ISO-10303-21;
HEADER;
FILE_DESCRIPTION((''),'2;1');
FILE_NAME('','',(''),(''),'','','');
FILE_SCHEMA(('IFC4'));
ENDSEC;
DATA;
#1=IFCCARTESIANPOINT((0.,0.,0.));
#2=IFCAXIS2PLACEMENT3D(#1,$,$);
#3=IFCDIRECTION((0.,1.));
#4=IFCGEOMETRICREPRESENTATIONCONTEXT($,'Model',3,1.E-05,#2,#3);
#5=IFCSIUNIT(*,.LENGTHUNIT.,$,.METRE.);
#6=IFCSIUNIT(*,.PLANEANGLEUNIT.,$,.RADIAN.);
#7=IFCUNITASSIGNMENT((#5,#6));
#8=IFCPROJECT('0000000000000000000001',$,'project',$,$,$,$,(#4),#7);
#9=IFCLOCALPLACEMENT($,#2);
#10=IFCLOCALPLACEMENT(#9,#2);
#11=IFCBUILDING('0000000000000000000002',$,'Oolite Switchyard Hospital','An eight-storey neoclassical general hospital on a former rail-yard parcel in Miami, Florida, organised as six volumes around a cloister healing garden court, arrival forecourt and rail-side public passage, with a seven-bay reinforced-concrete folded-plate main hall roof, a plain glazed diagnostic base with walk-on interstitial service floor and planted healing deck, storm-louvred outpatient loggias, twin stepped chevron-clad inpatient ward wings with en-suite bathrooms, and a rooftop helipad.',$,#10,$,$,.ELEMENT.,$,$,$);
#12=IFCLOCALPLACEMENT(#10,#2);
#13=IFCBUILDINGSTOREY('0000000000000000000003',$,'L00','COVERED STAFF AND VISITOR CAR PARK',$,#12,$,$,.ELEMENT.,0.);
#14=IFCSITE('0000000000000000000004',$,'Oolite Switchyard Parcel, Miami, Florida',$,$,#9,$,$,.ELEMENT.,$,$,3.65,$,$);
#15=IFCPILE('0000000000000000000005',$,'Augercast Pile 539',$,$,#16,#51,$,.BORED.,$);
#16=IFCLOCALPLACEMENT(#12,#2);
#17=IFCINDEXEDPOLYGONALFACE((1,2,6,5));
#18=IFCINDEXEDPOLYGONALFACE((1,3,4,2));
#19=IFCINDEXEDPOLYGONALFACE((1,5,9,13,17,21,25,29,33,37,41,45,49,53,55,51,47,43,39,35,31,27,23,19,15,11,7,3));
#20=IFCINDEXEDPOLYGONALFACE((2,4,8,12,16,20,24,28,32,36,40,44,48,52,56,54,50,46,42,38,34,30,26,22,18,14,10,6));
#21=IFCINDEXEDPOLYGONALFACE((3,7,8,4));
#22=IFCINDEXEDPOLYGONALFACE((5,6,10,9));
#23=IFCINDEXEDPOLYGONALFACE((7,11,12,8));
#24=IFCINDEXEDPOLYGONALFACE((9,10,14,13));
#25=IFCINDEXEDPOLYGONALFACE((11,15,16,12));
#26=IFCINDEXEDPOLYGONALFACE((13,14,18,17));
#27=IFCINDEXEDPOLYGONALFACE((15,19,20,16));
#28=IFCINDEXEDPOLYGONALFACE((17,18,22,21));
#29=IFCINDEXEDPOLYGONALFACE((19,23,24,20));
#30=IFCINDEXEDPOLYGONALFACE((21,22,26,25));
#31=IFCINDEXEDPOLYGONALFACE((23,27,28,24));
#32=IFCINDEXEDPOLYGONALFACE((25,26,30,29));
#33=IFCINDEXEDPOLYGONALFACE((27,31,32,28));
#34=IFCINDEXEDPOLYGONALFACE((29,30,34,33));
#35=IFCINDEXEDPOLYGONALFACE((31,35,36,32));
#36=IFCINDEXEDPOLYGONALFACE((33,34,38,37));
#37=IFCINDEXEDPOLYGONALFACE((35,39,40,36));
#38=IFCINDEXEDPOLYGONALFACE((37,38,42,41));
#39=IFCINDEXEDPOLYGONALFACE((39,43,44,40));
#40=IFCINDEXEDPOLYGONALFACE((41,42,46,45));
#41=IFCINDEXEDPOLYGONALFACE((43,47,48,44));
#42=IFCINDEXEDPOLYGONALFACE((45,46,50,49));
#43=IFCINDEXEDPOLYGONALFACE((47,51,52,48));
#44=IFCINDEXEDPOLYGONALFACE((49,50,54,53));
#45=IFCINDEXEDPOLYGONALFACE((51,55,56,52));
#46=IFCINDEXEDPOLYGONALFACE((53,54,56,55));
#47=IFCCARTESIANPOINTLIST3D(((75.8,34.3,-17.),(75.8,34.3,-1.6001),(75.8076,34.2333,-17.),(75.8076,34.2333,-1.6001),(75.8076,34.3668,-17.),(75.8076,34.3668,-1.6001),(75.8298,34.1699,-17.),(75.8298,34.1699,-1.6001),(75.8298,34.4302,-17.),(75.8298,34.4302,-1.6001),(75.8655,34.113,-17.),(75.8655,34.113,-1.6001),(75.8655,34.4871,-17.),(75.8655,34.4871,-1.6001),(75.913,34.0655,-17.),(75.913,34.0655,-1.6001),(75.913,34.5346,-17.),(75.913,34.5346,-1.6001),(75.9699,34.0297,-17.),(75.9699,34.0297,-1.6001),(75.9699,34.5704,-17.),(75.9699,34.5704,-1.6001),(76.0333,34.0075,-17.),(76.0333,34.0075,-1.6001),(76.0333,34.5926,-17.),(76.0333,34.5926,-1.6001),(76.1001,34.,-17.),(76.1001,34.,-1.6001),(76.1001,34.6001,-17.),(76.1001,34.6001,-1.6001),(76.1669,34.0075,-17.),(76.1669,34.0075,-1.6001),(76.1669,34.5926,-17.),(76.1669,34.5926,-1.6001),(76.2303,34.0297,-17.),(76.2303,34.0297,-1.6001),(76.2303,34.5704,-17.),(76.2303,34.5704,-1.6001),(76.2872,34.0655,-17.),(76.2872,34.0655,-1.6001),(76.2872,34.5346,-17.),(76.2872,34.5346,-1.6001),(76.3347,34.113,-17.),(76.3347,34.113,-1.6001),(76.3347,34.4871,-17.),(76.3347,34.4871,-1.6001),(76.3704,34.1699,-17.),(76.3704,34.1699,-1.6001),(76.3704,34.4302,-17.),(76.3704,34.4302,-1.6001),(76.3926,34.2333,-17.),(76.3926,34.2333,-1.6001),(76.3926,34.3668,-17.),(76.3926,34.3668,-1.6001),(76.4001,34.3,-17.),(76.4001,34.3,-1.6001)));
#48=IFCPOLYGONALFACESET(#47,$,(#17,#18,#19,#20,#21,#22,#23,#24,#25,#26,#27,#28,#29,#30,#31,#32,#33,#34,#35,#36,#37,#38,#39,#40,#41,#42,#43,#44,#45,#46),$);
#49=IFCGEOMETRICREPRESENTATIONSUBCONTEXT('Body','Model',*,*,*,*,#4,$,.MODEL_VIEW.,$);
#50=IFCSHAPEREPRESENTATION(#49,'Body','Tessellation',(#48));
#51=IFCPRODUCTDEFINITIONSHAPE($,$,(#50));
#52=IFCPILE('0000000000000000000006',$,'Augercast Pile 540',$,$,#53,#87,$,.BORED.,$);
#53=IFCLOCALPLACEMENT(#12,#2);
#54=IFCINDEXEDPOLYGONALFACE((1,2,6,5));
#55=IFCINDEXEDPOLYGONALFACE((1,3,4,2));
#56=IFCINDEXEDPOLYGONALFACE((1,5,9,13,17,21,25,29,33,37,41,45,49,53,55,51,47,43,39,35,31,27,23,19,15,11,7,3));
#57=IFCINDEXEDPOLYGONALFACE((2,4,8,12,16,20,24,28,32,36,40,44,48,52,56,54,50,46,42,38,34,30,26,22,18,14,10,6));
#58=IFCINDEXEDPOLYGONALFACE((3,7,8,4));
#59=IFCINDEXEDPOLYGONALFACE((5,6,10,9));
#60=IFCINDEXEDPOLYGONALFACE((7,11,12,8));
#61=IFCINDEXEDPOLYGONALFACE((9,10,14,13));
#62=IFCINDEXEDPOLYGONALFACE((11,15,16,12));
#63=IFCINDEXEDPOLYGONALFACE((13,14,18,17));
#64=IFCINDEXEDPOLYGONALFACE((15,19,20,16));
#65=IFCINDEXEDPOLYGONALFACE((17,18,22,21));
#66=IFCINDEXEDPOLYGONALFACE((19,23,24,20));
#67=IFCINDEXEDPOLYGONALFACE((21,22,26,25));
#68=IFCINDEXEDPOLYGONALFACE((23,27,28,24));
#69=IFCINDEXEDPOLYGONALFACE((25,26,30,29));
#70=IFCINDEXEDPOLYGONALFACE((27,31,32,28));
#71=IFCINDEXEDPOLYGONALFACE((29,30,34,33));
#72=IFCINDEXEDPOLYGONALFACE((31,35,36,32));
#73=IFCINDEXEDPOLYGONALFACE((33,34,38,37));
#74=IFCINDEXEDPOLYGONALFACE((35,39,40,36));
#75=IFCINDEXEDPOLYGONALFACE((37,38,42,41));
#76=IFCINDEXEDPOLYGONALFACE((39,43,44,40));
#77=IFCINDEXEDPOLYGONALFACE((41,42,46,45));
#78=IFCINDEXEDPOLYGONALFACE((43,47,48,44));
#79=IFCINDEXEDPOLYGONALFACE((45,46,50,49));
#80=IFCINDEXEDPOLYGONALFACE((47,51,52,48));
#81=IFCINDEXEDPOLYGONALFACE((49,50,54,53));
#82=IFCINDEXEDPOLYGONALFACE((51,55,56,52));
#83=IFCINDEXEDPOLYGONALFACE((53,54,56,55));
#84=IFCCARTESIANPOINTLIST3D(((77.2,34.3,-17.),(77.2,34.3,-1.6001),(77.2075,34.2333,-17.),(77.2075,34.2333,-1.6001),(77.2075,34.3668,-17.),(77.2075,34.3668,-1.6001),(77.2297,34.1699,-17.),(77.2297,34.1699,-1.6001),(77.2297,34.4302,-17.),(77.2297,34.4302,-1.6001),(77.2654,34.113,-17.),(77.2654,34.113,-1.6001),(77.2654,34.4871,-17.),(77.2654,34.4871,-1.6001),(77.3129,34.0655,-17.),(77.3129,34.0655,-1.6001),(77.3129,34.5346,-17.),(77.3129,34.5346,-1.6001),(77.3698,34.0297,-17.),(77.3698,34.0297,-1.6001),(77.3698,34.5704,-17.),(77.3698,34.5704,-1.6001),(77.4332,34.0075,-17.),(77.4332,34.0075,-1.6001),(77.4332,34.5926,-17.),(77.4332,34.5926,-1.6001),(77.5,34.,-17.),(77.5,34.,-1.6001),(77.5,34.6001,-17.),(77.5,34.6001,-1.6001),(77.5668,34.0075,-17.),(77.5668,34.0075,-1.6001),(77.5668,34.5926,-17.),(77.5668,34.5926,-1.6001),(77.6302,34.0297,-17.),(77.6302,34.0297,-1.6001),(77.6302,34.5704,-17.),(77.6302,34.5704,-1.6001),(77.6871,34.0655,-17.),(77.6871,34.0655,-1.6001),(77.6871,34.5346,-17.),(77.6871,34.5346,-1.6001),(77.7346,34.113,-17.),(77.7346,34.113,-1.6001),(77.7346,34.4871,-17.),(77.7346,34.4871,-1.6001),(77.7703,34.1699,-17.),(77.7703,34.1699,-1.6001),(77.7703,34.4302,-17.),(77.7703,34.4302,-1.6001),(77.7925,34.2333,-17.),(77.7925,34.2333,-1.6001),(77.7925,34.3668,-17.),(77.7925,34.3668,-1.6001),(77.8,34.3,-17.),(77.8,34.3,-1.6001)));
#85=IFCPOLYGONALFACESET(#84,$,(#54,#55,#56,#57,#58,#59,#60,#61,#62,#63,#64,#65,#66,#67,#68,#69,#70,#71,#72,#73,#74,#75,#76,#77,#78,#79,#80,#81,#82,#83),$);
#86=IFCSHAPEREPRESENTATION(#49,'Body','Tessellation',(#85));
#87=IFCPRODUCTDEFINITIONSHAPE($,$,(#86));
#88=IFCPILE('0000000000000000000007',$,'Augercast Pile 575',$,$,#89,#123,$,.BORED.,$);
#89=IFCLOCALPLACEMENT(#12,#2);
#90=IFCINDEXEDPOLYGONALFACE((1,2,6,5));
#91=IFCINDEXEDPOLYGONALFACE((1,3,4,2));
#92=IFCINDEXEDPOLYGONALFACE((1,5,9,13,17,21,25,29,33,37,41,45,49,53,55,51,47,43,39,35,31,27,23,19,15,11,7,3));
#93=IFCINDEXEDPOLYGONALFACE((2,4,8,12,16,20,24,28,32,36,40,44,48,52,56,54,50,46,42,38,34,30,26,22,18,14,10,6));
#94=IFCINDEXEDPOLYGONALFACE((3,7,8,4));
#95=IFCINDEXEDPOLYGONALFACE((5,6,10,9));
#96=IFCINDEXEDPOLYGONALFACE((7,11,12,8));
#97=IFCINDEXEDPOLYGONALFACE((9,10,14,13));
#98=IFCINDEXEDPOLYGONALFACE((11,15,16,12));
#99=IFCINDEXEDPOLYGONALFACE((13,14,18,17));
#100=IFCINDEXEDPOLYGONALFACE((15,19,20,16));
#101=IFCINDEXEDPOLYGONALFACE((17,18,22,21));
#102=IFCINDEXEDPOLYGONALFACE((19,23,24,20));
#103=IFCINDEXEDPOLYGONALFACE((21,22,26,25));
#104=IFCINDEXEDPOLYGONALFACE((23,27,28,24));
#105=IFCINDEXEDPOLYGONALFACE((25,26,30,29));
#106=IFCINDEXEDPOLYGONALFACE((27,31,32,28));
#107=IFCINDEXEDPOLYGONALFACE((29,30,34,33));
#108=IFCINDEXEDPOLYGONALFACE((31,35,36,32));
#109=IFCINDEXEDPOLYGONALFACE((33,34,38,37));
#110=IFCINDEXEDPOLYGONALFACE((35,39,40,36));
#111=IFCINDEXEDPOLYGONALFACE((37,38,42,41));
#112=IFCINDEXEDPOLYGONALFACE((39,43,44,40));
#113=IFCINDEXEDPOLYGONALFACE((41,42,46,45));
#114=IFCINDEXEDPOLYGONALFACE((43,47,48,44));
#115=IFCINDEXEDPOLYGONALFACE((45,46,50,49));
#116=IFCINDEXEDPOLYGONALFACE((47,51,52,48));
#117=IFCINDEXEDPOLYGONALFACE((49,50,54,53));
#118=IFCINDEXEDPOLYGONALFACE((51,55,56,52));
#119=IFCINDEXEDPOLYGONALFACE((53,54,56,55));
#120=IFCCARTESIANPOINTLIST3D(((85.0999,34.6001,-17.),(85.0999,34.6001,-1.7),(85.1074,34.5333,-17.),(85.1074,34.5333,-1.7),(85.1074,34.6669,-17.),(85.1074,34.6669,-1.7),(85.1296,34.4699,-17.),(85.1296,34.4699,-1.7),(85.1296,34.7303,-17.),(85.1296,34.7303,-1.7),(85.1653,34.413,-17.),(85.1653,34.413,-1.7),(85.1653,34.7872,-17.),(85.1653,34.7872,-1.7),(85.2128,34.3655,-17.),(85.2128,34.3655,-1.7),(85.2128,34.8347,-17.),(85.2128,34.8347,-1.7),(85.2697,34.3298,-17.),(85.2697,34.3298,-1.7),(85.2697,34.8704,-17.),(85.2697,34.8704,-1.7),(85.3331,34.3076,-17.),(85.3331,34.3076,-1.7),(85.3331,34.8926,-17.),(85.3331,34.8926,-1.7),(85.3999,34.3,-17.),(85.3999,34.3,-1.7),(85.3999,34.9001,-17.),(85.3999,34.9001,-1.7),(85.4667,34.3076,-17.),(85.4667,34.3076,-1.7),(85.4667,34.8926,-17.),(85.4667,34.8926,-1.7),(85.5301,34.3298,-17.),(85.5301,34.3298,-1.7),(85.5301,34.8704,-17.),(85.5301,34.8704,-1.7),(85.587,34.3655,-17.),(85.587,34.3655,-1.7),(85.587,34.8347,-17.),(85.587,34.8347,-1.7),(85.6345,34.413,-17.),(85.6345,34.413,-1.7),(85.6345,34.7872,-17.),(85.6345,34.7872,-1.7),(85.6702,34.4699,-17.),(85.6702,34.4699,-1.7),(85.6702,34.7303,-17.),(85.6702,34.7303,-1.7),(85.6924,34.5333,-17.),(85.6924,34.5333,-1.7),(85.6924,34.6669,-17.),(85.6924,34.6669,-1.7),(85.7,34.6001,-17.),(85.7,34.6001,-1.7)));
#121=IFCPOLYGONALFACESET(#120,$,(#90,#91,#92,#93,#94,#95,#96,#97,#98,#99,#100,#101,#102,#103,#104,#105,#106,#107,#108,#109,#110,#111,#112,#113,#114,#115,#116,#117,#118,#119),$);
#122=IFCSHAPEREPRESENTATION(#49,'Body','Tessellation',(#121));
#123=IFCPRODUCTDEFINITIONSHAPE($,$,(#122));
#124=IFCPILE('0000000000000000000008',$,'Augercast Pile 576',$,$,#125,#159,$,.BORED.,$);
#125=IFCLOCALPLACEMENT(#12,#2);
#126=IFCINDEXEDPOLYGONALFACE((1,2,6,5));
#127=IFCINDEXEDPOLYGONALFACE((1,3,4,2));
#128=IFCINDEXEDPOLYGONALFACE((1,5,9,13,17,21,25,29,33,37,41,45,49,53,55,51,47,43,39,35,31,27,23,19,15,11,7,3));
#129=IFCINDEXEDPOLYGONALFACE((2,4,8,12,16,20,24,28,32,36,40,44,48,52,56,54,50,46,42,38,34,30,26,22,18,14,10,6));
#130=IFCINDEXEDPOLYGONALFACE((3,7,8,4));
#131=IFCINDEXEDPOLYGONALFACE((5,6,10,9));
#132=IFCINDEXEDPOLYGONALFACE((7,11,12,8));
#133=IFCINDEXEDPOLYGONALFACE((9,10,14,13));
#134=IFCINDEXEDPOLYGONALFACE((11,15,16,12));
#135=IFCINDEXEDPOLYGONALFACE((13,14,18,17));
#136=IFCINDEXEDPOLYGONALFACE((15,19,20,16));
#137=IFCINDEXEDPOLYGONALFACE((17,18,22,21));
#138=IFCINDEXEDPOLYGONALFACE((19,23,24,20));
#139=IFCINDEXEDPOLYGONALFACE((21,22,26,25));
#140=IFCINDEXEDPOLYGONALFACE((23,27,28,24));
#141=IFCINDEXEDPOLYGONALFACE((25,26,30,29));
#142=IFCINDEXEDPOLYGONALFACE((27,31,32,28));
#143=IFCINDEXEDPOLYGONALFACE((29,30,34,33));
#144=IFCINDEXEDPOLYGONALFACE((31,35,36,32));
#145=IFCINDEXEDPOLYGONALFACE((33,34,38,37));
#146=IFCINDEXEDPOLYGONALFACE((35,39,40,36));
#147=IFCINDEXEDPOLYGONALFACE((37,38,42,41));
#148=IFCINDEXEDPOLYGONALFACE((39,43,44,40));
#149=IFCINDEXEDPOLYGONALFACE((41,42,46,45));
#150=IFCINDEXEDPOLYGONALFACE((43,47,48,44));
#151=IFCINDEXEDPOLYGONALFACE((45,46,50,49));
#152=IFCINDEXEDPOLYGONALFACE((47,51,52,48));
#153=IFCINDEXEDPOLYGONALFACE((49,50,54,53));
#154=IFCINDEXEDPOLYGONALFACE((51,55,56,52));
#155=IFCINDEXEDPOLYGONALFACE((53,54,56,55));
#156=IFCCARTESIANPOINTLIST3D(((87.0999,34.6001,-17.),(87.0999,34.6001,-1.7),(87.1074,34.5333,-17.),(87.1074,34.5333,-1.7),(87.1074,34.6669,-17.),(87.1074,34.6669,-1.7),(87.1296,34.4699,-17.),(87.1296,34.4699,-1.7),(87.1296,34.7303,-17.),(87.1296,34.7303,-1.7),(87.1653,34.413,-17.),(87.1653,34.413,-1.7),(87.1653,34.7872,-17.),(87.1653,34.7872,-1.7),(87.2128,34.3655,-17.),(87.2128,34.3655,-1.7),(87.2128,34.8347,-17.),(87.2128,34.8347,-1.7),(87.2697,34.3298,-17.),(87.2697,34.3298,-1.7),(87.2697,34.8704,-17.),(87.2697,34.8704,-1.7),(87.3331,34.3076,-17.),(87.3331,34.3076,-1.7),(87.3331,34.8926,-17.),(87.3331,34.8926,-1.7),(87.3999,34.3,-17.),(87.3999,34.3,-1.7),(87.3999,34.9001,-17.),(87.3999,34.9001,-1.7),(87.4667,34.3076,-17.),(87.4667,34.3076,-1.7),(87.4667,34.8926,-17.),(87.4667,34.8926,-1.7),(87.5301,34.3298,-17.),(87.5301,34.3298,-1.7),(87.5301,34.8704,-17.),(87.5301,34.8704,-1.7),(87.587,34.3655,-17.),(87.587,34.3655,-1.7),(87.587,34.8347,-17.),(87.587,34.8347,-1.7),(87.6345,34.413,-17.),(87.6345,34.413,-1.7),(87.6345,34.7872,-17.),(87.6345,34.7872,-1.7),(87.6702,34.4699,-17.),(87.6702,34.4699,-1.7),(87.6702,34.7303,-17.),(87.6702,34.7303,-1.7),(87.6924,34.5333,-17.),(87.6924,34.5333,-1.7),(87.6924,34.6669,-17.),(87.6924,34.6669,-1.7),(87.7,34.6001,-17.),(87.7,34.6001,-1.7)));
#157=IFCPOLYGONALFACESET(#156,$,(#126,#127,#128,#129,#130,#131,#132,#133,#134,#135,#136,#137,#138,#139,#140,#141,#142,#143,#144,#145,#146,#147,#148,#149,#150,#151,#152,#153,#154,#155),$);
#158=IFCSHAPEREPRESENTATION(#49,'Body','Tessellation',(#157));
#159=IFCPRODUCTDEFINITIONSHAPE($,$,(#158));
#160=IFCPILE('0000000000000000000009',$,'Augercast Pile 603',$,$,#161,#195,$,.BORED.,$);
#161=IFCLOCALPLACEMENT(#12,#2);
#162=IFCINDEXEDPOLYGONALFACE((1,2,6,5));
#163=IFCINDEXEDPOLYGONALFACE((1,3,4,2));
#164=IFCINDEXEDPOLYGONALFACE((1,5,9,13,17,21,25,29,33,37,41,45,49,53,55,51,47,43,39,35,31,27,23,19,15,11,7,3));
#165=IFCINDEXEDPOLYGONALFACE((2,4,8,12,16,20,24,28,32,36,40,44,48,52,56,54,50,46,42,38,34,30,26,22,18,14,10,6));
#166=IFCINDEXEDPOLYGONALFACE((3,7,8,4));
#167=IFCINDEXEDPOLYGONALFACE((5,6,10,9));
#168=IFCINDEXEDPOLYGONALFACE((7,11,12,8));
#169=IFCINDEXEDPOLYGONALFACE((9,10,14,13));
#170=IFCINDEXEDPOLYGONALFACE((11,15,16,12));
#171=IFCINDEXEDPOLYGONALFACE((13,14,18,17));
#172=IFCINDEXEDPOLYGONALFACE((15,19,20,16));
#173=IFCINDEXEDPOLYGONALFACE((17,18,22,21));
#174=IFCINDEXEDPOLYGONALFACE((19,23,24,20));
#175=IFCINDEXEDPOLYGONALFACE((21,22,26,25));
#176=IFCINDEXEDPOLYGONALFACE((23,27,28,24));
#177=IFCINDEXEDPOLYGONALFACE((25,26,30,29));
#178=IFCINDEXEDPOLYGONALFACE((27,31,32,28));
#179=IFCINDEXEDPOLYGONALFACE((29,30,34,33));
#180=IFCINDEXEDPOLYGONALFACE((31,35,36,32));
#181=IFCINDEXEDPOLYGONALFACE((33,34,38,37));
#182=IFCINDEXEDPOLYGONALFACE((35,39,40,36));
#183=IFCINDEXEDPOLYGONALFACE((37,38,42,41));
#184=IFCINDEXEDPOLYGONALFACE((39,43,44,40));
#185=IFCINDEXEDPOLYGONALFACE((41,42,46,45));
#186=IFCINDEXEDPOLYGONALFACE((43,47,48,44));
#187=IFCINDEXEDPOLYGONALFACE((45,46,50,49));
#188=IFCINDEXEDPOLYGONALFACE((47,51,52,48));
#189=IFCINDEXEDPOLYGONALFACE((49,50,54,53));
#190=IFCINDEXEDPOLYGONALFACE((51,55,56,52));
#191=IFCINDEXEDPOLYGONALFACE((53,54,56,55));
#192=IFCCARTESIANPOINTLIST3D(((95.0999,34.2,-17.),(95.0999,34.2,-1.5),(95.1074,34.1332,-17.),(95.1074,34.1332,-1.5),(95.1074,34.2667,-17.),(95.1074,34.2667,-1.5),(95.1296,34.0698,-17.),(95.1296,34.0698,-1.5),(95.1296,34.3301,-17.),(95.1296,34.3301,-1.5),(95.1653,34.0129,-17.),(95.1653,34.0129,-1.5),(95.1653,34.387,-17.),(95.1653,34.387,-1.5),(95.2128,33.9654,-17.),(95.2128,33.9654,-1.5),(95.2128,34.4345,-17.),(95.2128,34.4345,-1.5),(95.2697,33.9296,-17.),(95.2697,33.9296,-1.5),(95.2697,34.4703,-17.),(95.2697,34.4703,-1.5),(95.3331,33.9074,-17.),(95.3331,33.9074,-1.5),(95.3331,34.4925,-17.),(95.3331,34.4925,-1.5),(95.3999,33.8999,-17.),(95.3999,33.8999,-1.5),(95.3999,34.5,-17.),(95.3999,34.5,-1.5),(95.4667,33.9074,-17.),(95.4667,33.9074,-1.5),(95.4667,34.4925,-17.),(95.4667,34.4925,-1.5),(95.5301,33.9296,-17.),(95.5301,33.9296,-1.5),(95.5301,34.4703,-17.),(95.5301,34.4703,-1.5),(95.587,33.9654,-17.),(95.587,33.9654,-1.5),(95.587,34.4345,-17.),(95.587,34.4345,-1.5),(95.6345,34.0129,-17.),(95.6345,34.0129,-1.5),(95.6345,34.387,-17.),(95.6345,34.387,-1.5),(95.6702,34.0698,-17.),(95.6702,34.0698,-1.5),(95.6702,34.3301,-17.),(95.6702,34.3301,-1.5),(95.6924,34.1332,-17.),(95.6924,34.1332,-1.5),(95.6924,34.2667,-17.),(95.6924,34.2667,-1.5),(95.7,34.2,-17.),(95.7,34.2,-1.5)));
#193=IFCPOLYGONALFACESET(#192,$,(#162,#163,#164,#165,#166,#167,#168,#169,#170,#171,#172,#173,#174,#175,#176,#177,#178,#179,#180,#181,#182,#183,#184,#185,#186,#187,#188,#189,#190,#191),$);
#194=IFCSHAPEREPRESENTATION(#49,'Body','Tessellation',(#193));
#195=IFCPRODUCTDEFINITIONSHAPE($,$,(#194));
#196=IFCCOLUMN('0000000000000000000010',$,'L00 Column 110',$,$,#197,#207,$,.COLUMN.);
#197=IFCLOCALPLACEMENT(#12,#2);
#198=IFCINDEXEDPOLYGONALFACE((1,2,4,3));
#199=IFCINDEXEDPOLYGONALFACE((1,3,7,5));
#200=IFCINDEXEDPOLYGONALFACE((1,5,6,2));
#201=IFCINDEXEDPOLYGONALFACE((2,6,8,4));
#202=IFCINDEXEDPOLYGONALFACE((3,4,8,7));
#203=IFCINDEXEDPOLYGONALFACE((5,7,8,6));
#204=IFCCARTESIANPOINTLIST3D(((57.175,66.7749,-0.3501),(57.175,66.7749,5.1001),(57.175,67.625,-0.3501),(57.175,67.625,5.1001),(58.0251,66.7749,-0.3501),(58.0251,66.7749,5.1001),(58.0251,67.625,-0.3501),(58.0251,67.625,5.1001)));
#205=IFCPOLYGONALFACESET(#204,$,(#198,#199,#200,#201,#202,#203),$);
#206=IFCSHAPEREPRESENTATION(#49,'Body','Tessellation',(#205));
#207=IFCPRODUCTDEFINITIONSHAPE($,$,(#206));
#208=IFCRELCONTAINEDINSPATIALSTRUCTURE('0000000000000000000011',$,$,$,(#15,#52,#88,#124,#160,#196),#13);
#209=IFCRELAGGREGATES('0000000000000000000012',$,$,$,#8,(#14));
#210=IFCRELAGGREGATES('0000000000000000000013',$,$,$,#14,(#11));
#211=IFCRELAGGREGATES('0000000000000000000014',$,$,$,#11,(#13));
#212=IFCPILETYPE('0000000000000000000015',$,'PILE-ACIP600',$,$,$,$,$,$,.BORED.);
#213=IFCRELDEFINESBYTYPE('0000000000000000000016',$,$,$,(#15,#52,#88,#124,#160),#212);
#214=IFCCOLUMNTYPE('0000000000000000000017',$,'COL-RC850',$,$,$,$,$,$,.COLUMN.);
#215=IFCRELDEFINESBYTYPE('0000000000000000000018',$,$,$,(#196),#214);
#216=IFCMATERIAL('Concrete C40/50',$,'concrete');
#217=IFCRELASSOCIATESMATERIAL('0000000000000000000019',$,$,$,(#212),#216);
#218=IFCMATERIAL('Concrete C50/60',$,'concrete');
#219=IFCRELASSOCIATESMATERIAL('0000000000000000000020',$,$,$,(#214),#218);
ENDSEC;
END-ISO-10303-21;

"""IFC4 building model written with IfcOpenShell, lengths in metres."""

from ifc_helpers import new_model, si_unit, direction, frame, origin, origin_2d, place, context, subcontext, project, spatial, rectangle, circle, extrude, material, material_profile, profile_set, type_object, element, save


model = new_model("IFC4")

# Units and contexts
model_context = context("Model", 3, precision=1e-05, world=origin(), true_north=direction((0.0, 1.0)))
body_context = subcontext(model_context, "Body", "Model", "MODEL_VIEW")
ifc_project = project(units=[si_unit("LENGTHUNIT", "METRE"), si_unit("PLANEANGLEUNIT", "RADIAN")], contexts=[model_context])

# Site, building, storey
site_placement = place(None, origin())
site = spatial("IfcSite", under=ifc_project, at=site_placement, Name="Oolite Switchyard Parcel, Miami, Florida", CompositionType="ELEMENT", RefElevation=3.65)
building_placement = place(site_placement, origin())
building = spatial("IfcBuilding", under=site, at=building_placement, Name="Oolite Switchyard Hospital", Description="An eight-storey neoclassical general hospital on a former rail-yard parcel in Miami, Florida, organised as six volumes around a cloister healing garden court, arrival forecourt and rail-side public passage, with a seven-bay reinforced-concrete folded-plate main hall roof, a plain glazed diagnostic base with walk-on interstitial service floor and planted healing deck, storm-louvred outpatient loggias, twin stepped chevron-clad inpatient ward wings with en-suite bathrooms, and a rooftop helipad.", CompositionType="ELEMENT")
storey_placement = place(building_placement, origin())
storey = spatial("IfcBuildingStorey", under=building, at=storey_placement, Name="L00", Description="COVERED STAFF AND VISITOR CAR PARK", CompositionType="ELEMENT", Elevation=0.0)

# Shared definitions
ifc_material_1 = material(Name="Concrete C40/50", Category="concrete")

# Piles
ifc_material_profile_1 = material_profile(ifc_material_1, circle(Radius=0.3, at=origin_2d()), Name="PILE600")
ifc_profile_set_1 = profile_set([ifc_material_profile_1], Name="Concrete C40/50")
pile_type = type_object("IfcPileType", Name="PILE-ACIP600", PredefinedType="BORED", material=ifc_profile_set_1)
for number, where, z_axis, x_axis, name in (
    (1, (76.1001, 34.3, -1.6001), (0.0, 0.0, -1.0), (1.0, 0.0, 0.0), "Augercast Pile 539"),
    (2, (77.5, 34.3, -1.6001), (0.0, 0.0, -1.0), (1.0, 0.0, 0.0), "Augercast Pile 540"),
):
    element("IfcPile", number, at=place(storey_placement, frame(where, z_axis=z_axis, x_axis=x_axis)), inside=storey, type_object=pile_type, Name=name, PredefinedType="BORED", context=body_context, shape_type="SweptSolid", body=[
        extrude(circle(Radius=0.3, at=origin_2d()), origin(), (0.0, 0.0, 1.0), 15.3999),
    ])
for number, where, z_axis, x_axis, name in (
    (3, (85.3999, 34.6001, -1.7), (0.0, 0.0, -1.0), (1.0, 0.0, 0.0), "Augercast Pile 575"),
    (4, (87.3999, 34.6001, -1.7), (0.0, 0.0, -1.0), (1.0, 0.0, 0.0), "Augercast Pile 576"),
):
    element("IfcPile", number, at=place(storey_placement, frame(where, z_axis=z_axis, x_axis=x_axis)), inside=storey, type_object=pile_type, Name=name, PredefinedType="BORED", context=body_context, shape_type="SweptSolid", body=[
        extrude(circle(Radius=0.3, at=origin_2d()), origin(), (0.0, 0.0, 1.0), 15.3),
    ])
pile_1_placement = place(storey_placement, frame((95.3999, 34.2, -1.5), z_axis=(0.0, 0.0, -1.0), x_axis=(1.0, 0.0, 0.0)))
element("IfcPile", 5, at=pile_1_placement, inside=storey, type_object=pile_type, Name="Augercast Pile 603", PredefinedType="BORED", context=body_context, shape_type="SweptSolid", body=[
    extrude(circle(Radius=0.3, at=origin_2d()), origin(), (0.0, 0.0, 1.0), 15.5),
])

# Column
ifc_material_2 = material(Name="Concrete C50/60", Category="concrete")
ifc_material_profile_2 = material_profile(ifc_material_2, rectangle(XDim=0.8501, YDim=0.8501, at=origin_2d()), Name="RC850X850")
ifc_profile_set_2 = profile_set([ifc_material_profile_2], Name="Concrete C50/60")
column_type = type_object("IfcColumnType", Name="COL-RC850", PredefinedType="COLUMN", material=ifc_profile_set_2)
column_placement = place(storey_placement, frame((57.6001, 67.2, -0.3501), z_axis=(0.0, 0.0, 1.0), x_axis=(1.0, 0.0, 0.0)))
element("IfcColumn", 6, at=column_placement, inside=storey, type_object=column_type, Name="L00 Column 110", PredefinedType="COLUMN", context=body_context, shape_type="SweptSolid", body=[
    extrude(rectangle(XDim=0.8501, YDim=0.8501, at=origin_2d()), origin(), (0.0, 0.0, 1.0), 5.4502),
])

save(model, "model.ifc")
